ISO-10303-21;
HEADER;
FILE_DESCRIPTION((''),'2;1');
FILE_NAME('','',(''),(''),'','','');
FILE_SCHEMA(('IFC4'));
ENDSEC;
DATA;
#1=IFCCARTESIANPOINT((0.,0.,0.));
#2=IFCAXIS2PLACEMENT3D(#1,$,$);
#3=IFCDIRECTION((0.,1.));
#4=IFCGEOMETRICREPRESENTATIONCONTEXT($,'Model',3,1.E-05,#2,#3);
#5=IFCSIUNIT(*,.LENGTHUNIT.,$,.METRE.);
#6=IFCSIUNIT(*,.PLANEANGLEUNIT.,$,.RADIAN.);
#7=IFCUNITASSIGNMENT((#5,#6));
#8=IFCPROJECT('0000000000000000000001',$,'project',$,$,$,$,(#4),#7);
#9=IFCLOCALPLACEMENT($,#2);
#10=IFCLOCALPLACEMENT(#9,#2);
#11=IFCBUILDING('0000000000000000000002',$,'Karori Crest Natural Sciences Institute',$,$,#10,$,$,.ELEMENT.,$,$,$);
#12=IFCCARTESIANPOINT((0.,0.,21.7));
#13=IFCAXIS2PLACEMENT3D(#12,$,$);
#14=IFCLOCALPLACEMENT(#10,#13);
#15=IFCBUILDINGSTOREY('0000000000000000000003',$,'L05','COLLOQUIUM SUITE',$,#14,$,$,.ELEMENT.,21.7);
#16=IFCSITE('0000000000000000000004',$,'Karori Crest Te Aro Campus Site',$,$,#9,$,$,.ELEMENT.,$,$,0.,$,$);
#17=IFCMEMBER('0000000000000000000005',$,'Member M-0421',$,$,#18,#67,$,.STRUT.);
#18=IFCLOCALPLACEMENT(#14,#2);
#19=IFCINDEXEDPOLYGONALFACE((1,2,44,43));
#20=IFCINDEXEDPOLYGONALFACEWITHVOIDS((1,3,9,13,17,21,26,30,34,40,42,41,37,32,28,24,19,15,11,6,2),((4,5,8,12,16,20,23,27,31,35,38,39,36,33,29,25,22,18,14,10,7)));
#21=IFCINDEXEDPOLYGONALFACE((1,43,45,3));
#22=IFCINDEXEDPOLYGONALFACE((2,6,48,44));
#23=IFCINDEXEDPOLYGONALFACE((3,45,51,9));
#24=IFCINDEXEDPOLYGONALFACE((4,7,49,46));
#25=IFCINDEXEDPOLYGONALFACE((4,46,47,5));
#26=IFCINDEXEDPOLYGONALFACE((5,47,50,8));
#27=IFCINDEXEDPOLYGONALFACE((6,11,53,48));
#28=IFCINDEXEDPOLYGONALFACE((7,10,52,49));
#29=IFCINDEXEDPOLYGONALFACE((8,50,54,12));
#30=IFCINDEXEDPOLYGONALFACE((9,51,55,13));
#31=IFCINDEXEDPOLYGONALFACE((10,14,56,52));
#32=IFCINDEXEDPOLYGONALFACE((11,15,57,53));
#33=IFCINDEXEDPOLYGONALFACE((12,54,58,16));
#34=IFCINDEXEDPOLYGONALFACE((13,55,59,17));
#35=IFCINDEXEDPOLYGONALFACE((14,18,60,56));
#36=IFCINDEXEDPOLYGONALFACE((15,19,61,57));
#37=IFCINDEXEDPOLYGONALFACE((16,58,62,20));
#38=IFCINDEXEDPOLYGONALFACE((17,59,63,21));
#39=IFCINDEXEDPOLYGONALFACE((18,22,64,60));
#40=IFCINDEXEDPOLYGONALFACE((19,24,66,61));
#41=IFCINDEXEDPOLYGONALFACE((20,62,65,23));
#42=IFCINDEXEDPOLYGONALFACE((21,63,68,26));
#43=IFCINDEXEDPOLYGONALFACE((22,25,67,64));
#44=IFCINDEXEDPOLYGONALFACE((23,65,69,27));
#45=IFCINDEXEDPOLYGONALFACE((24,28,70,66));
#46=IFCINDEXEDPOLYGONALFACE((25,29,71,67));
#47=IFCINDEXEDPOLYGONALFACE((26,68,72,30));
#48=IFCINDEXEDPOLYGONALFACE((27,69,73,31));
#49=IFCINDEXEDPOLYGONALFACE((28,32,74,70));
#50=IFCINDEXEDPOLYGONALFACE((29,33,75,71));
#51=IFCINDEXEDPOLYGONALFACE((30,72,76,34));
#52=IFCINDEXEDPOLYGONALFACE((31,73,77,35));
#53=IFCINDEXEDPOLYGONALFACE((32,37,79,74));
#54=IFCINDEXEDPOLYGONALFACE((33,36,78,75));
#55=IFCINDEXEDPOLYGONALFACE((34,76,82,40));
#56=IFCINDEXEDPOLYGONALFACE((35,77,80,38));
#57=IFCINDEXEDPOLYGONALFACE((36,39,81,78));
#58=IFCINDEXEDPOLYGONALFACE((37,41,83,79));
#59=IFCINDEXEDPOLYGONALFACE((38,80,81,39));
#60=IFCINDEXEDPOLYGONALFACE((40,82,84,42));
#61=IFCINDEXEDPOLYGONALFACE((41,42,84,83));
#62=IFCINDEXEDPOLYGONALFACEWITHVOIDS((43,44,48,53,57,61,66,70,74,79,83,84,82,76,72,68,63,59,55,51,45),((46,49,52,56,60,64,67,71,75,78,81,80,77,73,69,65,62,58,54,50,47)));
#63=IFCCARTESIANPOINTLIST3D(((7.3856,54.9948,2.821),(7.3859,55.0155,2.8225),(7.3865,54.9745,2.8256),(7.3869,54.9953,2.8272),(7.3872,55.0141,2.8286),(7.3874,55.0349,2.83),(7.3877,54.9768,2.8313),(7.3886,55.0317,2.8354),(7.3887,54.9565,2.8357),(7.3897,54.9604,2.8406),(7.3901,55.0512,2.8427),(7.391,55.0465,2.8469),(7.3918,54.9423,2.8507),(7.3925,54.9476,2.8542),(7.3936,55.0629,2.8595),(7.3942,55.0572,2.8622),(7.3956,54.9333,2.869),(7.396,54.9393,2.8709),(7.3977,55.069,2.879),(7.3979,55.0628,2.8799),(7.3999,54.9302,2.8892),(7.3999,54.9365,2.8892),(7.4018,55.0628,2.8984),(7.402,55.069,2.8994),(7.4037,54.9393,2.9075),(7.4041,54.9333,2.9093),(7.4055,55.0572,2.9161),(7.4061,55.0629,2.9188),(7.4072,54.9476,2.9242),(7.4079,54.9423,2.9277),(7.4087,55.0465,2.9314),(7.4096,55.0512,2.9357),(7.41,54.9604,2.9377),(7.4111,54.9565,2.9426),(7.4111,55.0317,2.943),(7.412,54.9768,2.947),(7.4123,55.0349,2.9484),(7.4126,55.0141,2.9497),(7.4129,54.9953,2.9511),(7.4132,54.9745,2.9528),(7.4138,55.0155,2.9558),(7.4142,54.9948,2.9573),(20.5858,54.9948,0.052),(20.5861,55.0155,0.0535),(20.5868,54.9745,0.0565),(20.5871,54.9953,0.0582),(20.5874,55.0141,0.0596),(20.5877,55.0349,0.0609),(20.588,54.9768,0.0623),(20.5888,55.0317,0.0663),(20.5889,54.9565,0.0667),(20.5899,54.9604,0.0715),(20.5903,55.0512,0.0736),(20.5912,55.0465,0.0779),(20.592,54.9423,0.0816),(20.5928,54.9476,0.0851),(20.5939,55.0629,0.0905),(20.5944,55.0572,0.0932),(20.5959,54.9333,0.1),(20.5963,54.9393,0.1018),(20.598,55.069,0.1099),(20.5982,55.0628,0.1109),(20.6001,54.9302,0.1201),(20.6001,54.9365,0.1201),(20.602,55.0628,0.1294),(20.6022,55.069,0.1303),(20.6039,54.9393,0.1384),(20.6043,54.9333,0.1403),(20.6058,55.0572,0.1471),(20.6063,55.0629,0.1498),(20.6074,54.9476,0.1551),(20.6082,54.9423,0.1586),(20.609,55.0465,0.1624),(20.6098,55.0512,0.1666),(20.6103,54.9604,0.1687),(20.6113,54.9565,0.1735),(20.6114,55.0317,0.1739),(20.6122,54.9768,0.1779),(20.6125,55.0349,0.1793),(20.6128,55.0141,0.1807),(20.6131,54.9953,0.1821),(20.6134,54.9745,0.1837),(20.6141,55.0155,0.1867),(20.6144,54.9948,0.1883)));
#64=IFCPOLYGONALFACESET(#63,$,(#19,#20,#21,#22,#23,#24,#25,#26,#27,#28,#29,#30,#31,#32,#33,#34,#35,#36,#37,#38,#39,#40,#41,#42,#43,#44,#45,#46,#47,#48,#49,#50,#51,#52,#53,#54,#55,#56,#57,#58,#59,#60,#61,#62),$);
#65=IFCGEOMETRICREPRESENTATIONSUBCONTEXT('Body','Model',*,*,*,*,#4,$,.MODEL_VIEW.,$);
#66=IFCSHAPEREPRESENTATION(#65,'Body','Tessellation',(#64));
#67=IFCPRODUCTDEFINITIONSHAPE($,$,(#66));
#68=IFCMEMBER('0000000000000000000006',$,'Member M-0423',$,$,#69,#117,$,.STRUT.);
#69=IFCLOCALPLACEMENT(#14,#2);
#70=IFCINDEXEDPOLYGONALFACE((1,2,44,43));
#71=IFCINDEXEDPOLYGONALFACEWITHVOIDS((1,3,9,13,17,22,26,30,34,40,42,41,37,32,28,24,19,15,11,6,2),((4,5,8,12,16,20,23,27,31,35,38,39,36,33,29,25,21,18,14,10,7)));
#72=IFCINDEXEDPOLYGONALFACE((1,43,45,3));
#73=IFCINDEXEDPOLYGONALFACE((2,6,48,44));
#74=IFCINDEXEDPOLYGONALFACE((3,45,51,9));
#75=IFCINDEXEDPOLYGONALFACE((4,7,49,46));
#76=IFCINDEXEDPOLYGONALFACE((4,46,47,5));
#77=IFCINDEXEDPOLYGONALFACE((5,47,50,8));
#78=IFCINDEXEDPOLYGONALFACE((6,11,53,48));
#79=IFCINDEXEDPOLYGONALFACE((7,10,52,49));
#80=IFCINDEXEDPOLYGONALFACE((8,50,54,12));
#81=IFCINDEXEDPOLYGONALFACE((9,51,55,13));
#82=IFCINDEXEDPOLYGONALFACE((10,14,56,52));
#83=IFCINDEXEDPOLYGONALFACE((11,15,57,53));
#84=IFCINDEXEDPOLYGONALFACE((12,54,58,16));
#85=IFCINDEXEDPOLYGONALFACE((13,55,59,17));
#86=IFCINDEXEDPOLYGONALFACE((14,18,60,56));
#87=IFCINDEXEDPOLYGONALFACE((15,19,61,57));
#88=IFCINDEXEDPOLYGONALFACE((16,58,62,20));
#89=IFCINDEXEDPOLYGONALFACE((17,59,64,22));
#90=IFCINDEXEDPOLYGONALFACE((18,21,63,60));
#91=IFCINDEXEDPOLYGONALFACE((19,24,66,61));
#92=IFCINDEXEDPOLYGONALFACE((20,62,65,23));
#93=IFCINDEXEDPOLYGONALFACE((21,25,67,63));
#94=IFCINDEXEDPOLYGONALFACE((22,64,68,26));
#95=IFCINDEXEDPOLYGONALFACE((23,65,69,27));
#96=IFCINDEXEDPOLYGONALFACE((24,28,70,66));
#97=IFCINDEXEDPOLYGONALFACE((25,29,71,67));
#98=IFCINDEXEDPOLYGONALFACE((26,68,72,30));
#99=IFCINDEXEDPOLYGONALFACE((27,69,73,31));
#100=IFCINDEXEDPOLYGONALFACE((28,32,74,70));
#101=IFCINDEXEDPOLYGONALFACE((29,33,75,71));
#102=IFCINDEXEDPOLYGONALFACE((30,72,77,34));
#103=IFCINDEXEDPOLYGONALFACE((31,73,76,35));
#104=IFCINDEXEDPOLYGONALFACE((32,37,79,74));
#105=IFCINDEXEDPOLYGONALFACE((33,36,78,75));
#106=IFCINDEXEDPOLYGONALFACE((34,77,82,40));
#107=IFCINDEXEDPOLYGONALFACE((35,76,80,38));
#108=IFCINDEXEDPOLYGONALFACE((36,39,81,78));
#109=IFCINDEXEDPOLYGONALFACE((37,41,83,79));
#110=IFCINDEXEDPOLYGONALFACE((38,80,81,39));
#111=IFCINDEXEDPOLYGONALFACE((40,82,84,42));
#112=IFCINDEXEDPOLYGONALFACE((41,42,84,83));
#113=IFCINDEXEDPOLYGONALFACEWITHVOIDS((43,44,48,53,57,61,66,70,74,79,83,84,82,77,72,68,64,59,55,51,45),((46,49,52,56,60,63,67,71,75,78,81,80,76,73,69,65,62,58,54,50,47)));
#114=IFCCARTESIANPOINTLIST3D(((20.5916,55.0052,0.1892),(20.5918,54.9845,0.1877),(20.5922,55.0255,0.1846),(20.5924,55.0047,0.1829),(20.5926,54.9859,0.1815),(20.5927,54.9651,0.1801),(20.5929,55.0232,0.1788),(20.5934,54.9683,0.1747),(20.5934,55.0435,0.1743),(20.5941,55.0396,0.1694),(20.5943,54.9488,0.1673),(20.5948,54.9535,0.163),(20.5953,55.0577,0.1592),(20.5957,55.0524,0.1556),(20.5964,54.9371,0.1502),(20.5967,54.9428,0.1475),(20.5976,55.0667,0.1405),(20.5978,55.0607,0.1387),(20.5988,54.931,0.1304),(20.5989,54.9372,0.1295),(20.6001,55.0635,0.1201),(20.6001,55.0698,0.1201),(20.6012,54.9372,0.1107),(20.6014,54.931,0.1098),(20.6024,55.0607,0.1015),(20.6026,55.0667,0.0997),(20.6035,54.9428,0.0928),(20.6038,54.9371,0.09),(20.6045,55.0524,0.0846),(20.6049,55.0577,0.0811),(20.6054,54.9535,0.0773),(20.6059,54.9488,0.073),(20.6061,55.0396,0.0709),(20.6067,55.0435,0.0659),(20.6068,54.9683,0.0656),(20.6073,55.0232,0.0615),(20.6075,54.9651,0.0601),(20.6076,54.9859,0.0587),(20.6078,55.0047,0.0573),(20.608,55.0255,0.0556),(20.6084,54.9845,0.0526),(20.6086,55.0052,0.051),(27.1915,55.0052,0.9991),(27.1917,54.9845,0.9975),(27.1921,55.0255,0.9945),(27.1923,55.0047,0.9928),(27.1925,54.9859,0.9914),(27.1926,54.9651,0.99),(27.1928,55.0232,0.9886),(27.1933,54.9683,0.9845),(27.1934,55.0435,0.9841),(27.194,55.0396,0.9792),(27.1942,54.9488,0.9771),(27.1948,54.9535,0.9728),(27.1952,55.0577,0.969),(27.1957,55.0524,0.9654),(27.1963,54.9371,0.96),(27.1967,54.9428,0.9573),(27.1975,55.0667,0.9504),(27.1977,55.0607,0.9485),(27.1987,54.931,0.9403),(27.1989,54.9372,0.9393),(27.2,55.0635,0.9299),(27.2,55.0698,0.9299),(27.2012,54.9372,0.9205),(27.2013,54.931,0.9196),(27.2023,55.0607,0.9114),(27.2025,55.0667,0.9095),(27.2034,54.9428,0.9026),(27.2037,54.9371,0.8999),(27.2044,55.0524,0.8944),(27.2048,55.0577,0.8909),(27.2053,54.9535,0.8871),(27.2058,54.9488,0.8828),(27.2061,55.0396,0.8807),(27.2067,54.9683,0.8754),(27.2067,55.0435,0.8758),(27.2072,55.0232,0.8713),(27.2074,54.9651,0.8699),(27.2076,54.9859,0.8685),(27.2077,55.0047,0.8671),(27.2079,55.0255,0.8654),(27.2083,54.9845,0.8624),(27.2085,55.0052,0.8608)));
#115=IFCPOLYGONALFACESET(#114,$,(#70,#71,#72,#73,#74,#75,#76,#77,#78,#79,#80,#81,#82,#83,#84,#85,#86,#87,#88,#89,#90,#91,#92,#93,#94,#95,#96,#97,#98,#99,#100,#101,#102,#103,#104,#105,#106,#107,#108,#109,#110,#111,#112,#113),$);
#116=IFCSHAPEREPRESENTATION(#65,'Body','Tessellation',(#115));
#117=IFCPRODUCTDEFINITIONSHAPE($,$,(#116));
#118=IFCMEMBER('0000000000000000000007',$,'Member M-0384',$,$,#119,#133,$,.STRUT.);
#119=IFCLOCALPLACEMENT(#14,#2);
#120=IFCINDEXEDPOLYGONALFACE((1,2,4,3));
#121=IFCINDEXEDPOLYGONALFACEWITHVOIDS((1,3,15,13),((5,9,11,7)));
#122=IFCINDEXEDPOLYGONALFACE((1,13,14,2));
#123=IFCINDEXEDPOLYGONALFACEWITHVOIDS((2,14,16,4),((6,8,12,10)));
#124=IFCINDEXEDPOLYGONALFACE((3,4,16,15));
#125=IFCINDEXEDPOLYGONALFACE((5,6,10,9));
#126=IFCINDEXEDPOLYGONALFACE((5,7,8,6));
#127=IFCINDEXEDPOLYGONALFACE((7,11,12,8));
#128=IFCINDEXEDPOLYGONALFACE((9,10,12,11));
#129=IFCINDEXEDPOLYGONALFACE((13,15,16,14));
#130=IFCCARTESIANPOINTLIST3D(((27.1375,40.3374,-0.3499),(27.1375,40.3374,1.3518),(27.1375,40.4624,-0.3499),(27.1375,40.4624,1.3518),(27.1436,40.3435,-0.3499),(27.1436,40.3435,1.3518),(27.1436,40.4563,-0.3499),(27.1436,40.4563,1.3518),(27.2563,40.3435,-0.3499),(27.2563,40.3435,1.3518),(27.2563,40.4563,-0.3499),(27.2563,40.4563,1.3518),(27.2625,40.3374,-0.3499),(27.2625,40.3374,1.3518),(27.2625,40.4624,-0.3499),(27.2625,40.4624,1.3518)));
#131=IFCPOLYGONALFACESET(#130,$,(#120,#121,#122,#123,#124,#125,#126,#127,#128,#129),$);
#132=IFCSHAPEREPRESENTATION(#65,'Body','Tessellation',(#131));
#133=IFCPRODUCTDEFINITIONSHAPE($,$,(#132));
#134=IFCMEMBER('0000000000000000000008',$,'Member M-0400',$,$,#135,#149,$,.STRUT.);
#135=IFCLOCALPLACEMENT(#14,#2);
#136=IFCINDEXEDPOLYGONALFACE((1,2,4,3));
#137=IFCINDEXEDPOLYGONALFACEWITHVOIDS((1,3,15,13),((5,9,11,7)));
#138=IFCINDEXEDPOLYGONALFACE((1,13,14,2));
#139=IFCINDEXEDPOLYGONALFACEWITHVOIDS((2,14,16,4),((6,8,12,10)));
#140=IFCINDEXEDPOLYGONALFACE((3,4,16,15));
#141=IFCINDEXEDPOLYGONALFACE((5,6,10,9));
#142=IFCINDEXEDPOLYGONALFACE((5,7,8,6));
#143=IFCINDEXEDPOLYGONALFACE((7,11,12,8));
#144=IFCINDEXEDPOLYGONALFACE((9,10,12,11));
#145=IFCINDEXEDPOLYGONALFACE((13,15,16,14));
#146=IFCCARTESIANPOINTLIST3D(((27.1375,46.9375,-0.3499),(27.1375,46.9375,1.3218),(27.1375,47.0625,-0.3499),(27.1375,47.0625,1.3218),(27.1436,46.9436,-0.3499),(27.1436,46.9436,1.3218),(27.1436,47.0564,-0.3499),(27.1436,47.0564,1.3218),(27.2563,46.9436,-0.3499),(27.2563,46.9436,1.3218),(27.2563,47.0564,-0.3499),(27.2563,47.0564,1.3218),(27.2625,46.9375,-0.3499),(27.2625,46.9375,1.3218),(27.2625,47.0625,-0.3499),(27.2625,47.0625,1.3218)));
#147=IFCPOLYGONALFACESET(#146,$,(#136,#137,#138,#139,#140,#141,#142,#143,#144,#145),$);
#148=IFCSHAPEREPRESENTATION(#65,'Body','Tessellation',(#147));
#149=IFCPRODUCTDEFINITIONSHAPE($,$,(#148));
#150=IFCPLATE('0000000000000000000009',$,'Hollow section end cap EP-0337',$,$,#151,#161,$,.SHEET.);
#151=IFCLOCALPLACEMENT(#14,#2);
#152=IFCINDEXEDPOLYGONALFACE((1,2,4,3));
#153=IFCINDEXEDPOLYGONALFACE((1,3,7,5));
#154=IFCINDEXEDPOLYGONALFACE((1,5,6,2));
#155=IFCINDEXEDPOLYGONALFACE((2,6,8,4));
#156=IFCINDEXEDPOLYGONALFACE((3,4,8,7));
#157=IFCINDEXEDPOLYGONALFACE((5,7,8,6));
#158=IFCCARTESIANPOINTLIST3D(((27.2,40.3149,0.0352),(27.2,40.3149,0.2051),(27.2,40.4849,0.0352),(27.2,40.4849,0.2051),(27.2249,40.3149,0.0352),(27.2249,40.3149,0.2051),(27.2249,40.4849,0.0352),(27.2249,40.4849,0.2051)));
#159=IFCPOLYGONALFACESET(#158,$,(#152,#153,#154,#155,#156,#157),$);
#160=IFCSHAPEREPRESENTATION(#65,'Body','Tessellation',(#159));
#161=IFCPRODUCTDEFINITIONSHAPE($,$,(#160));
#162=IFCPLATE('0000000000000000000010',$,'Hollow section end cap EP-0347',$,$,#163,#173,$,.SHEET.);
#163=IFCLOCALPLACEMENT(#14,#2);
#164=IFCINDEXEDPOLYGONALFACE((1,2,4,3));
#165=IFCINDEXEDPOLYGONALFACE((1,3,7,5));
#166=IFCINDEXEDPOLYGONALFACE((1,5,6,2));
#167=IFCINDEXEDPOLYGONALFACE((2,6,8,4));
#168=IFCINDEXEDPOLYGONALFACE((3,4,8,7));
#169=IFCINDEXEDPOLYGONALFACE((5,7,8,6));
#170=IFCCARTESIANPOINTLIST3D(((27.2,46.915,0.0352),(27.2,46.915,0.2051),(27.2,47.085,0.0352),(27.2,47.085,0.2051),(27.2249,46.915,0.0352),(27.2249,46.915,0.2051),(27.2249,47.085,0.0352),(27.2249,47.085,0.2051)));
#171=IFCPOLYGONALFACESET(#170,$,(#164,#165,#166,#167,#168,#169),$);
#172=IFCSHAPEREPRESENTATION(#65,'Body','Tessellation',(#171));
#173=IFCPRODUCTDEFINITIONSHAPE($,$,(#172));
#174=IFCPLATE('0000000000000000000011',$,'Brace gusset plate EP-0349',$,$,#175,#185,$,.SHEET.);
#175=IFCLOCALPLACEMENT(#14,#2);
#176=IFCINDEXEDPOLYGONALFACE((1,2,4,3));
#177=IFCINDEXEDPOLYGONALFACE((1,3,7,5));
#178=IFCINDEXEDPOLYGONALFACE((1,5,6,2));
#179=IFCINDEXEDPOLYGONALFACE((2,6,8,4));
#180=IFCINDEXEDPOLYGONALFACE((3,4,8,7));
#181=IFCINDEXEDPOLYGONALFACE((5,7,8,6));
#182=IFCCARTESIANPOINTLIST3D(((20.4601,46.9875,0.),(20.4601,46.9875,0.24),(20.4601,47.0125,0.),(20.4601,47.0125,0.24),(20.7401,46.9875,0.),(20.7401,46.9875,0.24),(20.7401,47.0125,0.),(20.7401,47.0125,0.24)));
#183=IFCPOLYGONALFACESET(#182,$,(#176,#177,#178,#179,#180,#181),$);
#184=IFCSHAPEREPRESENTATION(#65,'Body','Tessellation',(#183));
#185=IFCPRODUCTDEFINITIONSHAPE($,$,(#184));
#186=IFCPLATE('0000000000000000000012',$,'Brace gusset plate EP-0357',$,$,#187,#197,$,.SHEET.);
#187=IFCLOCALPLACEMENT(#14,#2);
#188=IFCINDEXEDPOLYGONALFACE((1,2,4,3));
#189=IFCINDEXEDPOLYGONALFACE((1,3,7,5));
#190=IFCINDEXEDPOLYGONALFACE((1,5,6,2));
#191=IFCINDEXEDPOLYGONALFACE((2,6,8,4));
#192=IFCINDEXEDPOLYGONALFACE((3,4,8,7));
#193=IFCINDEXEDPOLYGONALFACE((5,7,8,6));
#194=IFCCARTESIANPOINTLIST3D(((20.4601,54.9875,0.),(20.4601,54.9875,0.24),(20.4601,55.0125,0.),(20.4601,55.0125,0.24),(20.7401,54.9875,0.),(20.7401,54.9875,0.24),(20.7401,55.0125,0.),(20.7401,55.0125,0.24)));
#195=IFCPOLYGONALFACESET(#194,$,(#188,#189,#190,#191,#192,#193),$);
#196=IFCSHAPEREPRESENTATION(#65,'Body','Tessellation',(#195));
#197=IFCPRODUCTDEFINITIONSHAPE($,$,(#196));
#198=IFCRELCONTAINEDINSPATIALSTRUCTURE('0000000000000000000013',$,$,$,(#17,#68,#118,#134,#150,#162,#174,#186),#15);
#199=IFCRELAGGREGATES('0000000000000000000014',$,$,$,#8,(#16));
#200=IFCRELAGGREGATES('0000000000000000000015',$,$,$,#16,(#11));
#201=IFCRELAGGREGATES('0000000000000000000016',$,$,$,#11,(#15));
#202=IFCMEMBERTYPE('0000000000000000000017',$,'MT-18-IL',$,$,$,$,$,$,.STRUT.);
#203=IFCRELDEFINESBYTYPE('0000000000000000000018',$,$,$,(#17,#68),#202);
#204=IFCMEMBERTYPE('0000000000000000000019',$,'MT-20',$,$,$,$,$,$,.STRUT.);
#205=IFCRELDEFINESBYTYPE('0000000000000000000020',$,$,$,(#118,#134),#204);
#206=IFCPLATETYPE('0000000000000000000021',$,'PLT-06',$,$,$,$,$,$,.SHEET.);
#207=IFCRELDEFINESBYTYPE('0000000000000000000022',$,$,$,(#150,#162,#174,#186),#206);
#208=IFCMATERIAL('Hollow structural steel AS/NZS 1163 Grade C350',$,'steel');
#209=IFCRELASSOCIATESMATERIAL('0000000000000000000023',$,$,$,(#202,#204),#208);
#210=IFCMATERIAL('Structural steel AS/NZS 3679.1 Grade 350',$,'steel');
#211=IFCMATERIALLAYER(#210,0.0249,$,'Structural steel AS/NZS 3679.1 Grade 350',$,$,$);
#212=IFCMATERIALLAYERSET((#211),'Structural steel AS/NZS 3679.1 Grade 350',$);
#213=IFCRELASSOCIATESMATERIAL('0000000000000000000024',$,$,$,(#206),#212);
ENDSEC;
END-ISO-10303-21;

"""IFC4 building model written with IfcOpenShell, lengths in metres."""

from ifc_helpers import new_model, si_unit, direction, frame, origin, origin_2d, place, context, subcontext, project, spatial, rectangle, hollow_rectangle, hollow_circle, extrude, material, layer, layer_set, material_profile, profile_set, type_object, element, save


model = new_model("IFC4")

# Units and contexts
model_context = context("Model", 3, precision=1e-05, world=origin(), true_north=direction((0.0, 1.0)))
body_context = subcontext(model_context, "Body", "Model", "MODEL_VIEW")
ifc_project = project(units=[si_unit("LENGTHUNIT", "METRE"), si_unit("PLANEANGLEUNIT", "RADIAN")], contexts=[model_context])

# Site, building, storey
site_placement = place(None, origin())
site = spatial("IfcSite", under=ifc_project, at=site_placement, Name="Karori Crest Te Aro Campus Site", CompositionType="ELEMENT", RefElevation=0.0)
building_placement = place(site_placement, origin())
building = spatial("IfcBuilding", under=site, at=building_placement, Name="Karori Crest Natural Sciences Institute", CompositionType="ELEMENT")
storey_placement = place(building_placement, frame((0.0, 0.0, 21.7)))
storey = spatial("IfcBuildingStorey", under=building, at=storey_placement, Name="L05", Description="COLLOQUIUM SUITE", CompositionType="ELEMENT", Elevation=21.7)

# Members
ifc_material_1 = material(Name="Hollow structural steel AS/NZS 1163 Grade C350", Category="steel")
ifc_material_profile_1 = material_profile(ifc_material_1, hollow_circle(Radius=0.0698, WallThickness=0.0063, at=origin_2d()), Name="CHS139.7x6.4")
ifc_profile_set_1 = profile_set([ifc_material_profile_1], Name="Hollow structural steel AS/NZS 1163 Grade C350")
member_type_1 = type_object("IfcMemberType", Name="MT-18-IL", PredefinedType="STRUT", material=ifc_profile_set_1)
member_1_placement = place(storey_placement, frame((20.6001, 55.0, 0.1201), z_axis=(-0.978698, 0.0, 0.205304), x_axis=(0.0, -1.0, 0.0)))
element("IfcMember", 1, at=member_1_placement, inside=storey, type_object=member_type_1, Name="Member M-0421", PredefinedType="STRUT", context=body_context, shape_type="SweptSolid", body=[
    extrude(hollow_circle(Radius=0.0698, WallThickness=0.0063, at=origin_2d()), origin(), (0.0, 0.0, 1.0), 13.4875),
])
member_2_placement = place(storey_placement, frame((20.6001, 55.0, 0.1201), z_axis=(0.992556, 0.0, 0.121788), x_axis=(0.0, 1.0, 0.0)))
element("IfcMember", 2, at=member_2_placement, inside=storey, type_object=member_type_1, Name="Member M-0423", PredefinedType="STRUT", context=body_context, shape_type="SweptSolid", body=[
    extrude(hollow_circle(Radius=0.0698, WallThickness=0.0063, at=origin_2d()), origin(), (0.0, 0.0, 1.0), 6.6494),
])
ifc_material_profile_2 = material_profile(ifc_material_1, hollow_rectangle(XDim=0.125, YDim=0.125, WallThickness=0.0061, at=origin_2d()), Name="SHS125x125x6")
ifc_profile_set_2 = profile_set([ifc_material_profile_2], Name="Hollow structural steel AS/NZS 1163 Grade C350")
member_type_2 = type_object("IfcMemberType", Name="MT-20", PredefinedType="STRUT", material=ifc_profile_set_2)
member_3_placement = place(storey_placement, frame((27.2, 40.3999, -0.3499), z_axis=(0.0, 0.0, 1.0), x_axis=(1.0, 0.0, 0.0)))
element("IfcMember", 3, at=member_3_placement, inside=storey, type_object=member_type_2, Name="Member M-0384", PredefinedType="STRUT", context=body_context, shape_type="SweptSolid", body=[
    extrude(hollow_rectangle(XDim=0.125, YDim=0.125, WallThickness=0.0061, at=origin_2d()), origin(), (0.0, 0.0, 1.0), 1.7017),
])
member_4_placement = place(storey_placement, frame((27.2, 47.0, -0.3499), z_axis=(0.0, 0.0, 1.0), x_axis=(1.0, 0.0, 0.0)))
element("IfcMember", 4, at=member_4_placement, inside=storey, type_object=member_type_2, Name="Member M-0400", PredefinedType="STRUT", context=body_context, shape_type="SweptSolid", body=[
    extrude(hollow_rectangle(XDim=0.125, YDim=0.125, WallThickness=0.0061, at=origin_2d()), origin(), (0.0, 0.0, 1.0), 1.6716),
])

# Plates
ifc_material_2 = material(Name="Structural steel AS/NZS 3679.1 Grade 350", Category="steel")
ifc_layer_1 = layer(ifc_material_2, 0.0249, Name="Structural steel AS/NZS 3679.1 Grade 350")
ifc_layer_set_1 = layer_set([ifc_layer_1], Name="Structural steel AS/NZS 3679.1 Grade 350")
plate_type_1 = type_object("IfcPlateType", Name="PLT-06", PredefinedType="SHEET", material=ifc_layer_set_1)
for number, where, z_axis, x_axis, name in (
    (5, (27.2124, 40.3999, 0.0352), (0.0, 0.0, 1.0), (1.0, 0.0, 0.0), "Hollow section end cap EP-0337"),
    (6, (27.2124, 47.0, 0.0352), (0.0, 0.0, 1.0), (1.0, 0.0, 0.0), "Hollow section end cap EP-0347"),
):
    element("IfcPlate", number, at=place(storey_placement, frame(where, z_axis=z_axis, x_axis=x_axis)), inside=storey, type_object=plate_type_1, Name=name, PredefinedType="SHEET", context=body_context, shape_type="SweptSolid", body=[
        extrude(rectangle(XDim=0.0249, YDim=0.1699, at=origin_2d()), origin(), (0.0, 0.0, 1.0), 0.1699),
    ])
for number, where, z_axis, x_axis, name in (
    (7, (20.6001, 47.0, 0.0), (0.0, 0.0, 1.0), (1.0, 0.0, 0.0), "Brace gusset plate EP-0349"),
    (8, (20.6001, 55.0, 0.0), (0.0, 0.0, 1.0), (1.0, 0.0, 0.0), "Brace gusset plate EP-0357"),
):
    element("IfcPlate", number, at=place(storey_placement, frame(where, z_axis=z_axis, x_axis=x_axis)), inside=storey, type_object=plate_type_1, Name=name, PredefinedType="SHEET", context=body_context, shape_type="SweptSolid", body=[
        extrude(rectangle(XDim=0.28, YDim=0.0249, at=origin_2d()), origin(), (0.0, 0.0, 1.0), 0.24),
    ])

save(model, "model.ifc")
